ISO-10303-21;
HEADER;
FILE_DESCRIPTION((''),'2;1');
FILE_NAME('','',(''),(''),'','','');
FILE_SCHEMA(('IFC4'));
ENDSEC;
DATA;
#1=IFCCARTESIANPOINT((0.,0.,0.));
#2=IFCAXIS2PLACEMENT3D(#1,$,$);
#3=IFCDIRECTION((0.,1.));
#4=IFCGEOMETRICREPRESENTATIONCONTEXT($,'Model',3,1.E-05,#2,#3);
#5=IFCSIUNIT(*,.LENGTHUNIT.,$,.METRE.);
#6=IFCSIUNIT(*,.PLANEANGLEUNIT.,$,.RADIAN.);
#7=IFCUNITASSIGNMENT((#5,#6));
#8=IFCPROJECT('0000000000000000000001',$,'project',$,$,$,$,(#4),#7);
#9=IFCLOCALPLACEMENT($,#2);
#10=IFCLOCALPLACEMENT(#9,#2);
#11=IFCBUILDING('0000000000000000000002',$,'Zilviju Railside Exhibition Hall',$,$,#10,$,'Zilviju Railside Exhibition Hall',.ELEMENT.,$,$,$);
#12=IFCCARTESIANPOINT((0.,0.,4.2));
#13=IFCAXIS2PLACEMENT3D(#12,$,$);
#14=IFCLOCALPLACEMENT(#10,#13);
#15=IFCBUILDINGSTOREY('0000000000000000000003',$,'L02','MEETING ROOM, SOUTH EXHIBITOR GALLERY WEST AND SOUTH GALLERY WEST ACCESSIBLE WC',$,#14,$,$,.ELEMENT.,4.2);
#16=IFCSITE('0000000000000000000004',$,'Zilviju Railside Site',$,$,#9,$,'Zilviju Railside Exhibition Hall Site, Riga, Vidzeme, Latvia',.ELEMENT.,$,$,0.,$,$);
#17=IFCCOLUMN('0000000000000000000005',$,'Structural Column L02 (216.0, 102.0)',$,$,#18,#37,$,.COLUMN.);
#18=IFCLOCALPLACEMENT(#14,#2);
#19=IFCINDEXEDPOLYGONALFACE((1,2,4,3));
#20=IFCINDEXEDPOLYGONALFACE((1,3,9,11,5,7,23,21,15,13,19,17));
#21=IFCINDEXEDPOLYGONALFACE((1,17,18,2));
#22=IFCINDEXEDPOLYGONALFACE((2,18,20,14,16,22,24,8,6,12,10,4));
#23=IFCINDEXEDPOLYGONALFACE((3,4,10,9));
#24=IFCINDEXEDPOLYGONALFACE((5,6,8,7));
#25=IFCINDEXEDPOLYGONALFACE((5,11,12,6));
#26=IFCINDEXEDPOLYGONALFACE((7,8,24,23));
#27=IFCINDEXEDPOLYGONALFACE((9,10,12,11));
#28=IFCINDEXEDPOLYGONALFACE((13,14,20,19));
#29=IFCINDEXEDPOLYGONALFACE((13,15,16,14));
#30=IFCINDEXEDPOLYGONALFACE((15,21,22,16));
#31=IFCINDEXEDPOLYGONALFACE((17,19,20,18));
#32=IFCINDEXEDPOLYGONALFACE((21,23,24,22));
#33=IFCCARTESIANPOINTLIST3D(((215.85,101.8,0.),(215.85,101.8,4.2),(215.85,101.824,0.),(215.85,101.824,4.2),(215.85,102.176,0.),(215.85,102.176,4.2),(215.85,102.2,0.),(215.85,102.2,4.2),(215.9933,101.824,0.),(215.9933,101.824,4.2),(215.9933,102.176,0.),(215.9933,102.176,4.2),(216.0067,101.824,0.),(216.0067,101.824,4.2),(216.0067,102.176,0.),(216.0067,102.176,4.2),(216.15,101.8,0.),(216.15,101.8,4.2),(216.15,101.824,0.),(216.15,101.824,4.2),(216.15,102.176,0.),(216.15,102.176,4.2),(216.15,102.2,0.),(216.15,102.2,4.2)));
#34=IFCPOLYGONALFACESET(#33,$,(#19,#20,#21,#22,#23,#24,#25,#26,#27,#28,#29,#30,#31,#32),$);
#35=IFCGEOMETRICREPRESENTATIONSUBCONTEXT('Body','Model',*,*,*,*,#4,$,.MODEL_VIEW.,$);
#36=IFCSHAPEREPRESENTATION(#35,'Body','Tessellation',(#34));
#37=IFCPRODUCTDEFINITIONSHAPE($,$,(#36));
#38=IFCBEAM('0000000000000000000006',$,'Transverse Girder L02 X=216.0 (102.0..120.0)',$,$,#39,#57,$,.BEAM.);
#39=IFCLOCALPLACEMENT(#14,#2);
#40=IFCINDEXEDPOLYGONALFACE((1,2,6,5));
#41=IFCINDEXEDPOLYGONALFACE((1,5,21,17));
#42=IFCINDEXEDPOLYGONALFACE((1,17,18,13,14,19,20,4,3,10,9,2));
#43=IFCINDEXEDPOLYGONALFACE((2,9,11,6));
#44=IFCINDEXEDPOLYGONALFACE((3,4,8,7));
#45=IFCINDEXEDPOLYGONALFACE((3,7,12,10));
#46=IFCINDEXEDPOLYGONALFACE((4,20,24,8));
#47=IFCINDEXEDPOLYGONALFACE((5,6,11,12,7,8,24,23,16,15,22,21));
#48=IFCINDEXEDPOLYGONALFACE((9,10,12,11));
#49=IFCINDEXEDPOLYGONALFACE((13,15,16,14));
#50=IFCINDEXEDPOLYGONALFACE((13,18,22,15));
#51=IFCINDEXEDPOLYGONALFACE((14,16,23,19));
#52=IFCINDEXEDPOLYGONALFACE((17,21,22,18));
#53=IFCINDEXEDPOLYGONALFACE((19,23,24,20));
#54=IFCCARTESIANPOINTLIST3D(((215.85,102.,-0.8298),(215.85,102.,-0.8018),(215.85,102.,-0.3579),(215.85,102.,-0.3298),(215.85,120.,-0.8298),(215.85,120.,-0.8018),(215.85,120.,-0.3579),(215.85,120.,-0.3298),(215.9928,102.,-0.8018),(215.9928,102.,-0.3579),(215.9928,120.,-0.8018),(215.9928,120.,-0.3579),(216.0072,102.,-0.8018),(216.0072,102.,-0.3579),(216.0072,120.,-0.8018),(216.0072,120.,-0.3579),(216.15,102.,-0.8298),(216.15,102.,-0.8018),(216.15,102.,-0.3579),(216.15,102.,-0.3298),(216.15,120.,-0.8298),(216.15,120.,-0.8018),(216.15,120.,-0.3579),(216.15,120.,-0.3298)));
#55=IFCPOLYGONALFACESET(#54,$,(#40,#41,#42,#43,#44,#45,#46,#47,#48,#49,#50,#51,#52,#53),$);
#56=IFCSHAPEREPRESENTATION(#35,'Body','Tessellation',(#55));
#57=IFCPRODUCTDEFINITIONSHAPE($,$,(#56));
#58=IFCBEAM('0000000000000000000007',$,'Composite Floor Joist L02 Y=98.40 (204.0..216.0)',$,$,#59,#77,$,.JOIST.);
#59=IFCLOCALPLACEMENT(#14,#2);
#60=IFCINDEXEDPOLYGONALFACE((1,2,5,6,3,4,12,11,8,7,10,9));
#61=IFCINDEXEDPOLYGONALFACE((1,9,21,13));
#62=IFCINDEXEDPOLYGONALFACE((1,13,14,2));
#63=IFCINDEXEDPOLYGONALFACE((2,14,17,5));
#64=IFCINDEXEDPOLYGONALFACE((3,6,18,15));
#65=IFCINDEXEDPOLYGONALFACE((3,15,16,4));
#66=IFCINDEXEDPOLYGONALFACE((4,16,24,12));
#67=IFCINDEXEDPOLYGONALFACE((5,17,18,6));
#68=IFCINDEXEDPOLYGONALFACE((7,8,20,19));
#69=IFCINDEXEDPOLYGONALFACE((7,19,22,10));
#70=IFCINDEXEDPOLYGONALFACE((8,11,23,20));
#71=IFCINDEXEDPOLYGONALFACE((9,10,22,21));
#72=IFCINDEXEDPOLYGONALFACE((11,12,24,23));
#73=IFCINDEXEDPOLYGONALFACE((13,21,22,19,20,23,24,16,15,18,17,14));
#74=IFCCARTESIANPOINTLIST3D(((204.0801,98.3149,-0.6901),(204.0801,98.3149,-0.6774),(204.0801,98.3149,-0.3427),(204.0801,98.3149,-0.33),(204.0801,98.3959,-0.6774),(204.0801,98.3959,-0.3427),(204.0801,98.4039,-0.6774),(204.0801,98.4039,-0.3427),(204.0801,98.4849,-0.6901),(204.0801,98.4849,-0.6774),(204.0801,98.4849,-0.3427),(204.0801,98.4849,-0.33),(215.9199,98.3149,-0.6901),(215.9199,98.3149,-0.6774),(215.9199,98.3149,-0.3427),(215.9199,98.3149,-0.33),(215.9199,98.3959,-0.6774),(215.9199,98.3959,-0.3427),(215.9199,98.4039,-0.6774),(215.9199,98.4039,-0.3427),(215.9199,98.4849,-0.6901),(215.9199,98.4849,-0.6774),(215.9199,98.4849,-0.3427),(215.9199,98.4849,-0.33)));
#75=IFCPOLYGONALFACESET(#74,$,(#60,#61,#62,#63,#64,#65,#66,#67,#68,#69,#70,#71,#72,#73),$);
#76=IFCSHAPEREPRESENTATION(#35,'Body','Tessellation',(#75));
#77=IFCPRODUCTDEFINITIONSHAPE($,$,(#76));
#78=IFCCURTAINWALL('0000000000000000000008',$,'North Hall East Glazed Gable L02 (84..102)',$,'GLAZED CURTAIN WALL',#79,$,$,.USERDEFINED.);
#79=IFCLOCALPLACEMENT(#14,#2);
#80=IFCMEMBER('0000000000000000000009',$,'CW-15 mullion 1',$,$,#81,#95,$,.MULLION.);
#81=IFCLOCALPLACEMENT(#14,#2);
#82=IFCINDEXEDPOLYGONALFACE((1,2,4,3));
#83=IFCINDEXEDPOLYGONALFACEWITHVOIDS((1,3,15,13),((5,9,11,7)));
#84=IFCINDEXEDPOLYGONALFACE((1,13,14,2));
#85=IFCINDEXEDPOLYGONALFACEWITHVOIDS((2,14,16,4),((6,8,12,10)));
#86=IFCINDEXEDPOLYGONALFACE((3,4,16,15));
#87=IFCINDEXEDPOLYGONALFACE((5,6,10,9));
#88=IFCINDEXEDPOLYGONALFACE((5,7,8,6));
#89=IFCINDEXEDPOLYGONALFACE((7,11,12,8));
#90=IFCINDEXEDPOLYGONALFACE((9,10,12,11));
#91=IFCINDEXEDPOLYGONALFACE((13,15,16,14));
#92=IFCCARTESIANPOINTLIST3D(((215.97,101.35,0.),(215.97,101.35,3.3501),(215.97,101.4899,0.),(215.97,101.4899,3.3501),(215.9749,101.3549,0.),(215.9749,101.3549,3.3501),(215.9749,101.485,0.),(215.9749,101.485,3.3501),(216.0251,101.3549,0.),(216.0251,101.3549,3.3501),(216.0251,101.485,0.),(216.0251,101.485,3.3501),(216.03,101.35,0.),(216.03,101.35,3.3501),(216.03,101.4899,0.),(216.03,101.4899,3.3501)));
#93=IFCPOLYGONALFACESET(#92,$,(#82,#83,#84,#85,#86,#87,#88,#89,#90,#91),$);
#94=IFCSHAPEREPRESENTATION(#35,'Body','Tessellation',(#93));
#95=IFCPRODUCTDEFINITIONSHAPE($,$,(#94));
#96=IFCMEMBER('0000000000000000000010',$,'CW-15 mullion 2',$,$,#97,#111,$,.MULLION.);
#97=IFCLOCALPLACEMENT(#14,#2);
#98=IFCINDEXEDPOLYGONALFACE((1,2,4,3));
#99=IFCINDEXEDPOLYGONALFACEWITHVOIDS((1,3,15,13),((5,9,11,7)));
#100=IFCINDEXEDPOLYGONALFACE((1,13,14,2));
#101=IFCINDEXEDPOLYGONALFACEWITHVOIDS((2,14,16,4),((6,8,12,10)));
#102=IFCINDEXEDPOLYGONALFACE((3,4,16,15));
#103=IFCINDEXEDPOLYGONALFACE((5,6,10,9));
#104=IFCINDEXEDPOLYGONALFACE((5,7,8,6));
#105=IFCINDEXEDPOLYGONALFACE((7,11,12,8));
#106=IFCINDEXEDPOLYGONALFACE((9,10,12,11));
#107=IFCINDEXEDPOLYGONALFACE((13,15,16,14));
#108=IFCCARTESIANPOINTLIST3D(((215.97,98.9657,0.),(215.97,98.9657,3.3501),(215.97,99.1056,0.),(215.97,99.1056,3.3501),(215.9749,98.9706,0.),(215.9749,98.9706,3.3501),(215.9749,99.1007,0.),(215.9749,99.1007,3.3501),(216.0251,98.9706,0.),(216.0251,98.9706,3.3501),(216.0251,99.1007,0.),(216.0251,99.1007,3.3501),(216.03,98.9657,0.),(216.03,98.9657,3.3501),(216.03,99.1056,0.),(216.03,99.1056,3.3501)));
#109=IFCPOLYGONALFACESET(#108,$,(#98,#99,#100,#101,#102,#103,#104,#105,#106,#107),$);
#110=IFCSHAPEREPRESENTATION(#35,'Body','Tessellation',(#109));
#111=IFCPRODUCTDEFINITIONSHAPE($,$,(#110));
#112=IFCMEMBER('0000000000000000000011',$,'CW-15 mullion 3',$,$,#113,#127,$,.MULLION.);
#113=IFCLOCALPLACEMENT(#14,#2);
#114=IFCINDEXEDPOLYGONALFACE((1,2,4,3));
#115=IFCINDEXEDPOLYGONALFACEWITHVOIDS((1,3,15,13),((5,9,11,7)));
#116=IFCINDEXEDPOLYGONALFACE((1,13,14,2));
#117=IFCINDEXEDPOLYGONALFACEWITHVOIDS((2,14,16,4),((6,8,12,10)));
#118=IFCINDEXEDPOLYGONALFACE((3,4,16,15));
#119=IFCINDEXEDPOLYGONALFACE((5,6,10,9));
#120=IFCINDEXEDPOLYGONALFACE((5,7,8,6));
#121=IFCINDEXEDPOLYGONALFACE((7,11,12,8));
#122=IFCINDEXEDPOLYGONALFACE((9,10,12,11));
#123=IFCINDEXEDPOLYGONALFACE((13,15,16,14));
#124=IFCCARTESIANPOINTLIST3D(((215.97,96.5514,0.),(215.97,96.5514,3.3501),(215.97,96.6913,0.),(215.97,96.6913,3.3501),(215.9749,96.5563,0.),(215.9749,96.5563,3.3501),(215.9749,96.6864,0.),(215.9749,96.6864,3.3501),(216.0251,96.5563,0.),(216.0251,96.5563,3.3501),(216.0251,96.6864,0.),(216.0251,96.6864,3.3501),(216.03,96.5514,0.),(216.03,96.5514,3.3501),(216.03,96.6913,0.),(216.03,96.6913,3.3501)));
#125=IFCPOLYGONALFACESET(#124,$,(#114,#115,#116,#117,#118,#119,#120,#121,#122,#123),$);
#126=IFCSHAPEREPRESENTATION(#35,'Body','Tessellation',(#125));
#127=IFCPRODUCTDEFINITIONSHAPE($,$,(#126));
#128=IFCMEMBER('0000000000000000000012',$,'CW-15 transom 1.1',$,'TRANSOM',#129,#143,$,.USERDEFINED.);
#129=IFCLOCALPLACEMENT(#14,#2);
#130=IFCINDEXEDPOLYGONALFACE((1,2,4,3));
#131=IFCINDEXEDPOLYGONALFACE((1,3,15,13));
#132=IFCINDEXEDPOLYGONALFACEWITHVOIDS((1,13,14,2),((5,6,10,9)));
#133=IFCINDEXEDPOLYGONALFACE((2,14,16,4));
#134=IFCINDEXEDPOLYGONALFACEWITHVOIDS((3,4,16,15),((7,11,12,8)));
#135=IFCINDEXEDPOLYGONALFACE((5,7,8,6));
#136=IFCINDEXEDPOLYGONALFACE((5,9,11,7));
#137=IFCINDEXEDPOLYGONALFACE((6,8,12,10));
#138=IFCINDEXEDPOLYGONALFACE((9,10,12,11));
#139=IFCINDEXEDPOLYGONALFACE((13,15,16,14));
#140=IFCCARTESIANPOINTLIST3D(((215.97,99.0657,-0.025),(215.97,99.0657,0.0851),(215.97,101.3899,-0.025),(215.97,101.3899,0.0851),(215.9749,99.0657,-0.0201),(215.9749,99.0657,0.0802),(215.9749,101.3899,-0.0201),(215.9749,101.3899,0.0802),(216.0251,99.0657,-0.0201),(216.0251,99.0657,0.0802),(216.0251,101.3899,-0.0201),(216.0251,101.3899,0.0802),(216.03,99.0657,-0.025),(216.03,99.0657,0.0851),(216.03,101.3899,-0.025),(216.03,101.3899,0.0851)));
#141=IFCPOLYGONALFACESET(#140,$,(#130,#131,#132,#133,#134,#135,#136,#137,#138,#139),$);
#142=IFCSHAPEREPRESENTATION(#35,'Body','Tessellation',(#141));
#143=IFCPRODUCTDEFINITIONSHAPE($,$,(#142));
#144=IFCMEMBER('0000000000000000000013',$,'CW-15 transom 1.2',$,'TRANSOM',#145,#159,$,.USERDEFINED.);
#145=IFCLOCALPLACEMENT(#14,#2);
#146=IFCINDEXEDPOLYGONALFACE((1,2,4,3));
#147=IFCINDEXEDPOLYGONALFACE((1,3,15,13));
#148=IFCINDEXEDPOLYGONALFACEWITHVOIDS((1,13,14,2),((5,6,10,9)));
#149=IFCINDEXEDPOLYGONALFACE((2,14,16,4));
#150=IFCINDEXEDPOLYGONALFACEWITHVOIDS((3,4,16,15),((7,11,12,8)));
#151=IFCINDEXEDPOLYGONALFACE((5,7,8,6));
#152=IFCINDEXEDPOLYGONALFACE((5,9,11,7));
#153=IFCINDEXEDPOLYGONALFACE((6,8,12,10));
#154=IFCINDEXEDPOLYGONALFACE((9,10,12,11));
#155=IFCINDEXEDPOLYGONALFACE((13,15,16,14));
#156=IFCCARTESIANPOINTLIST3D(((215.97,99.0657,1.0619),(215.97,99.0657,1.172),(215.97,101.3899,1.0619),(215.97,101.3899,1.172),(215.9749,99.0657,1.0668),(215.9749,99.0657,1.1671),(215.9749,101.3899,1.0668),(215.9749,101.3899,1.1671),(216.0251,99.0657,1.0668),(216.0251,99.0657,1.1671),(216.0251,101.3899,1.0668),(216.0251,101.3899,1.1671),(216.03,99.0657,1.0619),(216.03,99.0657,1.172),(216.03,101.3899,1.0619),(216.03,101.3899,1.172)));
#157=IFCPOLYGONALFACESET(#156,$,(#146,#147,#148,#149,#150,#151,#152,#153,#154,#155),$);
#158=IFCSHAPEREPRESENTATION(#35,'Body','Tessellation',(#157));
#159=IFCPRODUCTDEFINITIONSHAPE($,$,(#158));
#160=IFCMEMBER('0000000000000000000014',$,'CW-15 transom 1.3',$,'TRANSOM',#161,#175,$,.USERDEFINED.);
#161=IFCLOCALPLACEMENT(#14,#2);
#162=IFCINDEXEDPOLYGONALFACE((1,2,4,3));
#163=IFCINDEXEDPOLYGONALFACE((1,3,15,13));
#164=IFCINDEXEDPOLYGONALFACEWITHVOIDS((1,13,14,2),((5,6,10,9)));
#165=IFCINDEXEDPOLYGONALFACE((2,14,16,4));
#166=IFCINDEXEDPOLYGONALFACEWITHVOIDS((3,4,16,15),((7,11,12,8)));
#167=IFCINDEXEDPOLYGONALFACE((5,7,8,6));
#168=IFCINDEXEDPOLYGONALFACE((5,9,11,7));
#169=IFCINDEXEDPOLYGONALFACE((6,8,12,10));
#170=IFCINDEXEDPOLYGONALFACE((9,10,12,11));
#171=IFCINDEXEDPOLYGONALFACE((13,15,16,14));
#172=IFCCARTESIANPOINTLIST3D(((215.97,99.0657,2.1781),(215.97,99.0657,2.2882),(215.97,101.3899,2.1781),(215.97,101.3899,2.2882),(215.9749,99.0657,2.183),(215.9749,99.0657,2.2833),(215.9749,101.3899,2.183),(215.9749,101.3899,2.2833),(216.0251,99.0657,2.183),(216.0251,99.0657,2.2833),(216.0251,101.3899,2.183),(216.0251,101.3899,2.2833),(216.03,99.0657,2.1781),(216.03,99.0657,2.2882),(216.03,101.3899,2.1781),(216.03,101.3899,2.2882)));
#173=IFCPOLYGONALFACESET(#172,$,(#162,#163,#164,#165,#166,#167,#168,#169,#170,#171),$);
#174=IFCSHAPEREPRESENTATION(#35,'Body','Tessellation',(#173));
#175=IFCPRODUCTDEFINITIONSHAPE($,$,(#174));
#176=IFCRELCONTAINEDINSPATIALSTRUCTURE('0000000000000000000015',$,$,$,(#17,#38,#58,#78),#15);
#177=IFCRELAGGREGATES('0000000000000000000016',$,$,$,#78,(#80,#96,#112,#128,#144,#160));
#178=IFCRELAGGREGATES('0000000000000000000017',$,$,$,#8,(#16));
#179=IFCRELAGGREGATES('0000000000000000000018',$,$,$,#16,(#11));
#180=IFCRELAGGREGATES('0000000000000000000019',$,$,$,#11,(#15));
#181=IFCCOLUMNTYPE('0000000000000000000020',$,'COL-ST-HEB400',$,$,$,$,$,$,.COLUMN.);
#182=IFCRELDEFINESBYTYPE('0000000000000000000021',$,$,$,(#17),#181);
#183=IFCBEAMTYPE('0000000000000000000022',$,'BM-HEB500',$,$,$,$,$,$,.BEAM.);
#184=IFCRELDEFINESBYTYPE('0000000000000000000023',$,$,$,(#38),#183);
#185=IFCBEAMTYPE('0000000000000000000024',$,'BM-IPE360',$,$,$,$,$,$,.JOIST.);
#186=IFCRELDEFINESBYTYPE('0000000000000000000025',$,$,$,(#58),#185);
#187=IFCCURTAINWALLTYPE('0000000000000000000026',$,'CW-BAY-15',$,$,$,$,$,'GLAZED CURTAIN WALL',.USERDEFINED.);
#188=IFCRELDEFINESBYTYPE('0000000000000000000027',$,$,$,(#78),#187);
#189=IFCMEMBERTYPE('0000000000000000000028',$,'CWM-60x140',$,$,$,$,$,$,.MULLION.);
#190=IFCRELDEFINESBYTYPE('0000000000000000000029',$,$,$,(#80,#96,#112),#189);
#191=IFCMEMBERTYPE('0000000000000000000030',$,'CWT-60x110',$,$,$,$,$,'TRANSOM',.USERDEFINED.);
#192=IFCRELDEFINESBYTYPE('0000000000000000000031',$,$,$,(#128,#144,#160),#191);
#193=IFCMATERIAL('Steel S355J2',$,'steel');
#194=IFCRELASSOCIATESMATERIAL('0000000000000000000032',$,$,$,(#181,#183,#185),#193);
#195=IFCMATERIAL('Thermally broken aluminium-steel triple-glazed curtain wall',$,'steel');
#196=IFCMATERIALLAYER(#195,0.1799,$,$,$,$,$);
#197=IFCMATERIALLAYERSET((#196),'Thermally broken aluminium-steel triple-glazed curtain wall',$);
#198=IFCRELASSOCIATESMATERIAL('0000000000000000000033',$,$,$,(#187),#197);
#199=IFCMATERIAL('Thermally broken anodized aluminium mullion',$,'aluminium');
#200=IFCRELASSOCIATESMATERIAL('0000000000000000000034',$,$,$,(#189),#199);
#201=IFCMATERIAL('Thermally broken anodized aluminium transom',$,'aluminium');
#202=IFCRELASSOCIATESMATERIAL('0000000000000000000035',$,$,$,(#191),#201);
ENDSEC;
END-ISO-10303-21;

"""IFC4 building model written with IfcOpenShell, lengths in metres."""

from ifc_helpers import new_model, si_unit, direction, frame, origin, origin_2d, place, context, subcontext, project, spatial, hollow_rectangle, i_section, extrude, material, layer, layer_set, material_profile, profile_set, type_object, element, aggregate, save


model = new_model("IFC4")

# Units and contexts
model_context = context("Model", 3, precision=1e-05, world=origin(), true_north=direction((0.0, 1.0)))
body_context = subcontext(model_context, "Body", "Model", "MODEL_VIEW")
ifc_project = project(units=[si_unit("LENGTHUNIT", "METRE"), si_unit("PLANEANGLEUNIT", "RADIAN")], contexts=[model_context])

# Site, building, storey
site_placement = place(None, origin())
site = spatial("IfcSite", under=ifc_project, at=site_placement, Name="Zilviju Railside Site", LongName="Zilviju Railside Exhibition Hall Site, Riga, Vidzeme, Latvia", CompositionType="ELEMENT", RefElevation=0.0)
building_placement = place(site_placement, origin())
building = spatial("IfcBuilding", under=site, at=building_placement, Name="Zilviju Railside Exhibition Hall", LongName="Zilviju Railside Exhibition Hall", CompositionType="ELEMENT")
storey_placement = place(building_placement, frame((0.0, 0.0, 4.2)))
storey = spatial("IfcBuildingStorey", under=building, at=storey_placement, Name="L02", Description="MEETING ROOM, SOUTH EXHIBITOR GALLERY WEST AND SOUTH GALLERY WEST ACCESSIBLE WC", CompositionType="ELEMENT", Elevation=4.2)

# Column
ifc_material_1 = material(Name="Steel S355J2", Category="steel")
ifc_material_profile_1 = material_profile(ifc_material_1, i_section(OverallWidth=0.3, OverallDepth=0.3999, WebThickness=0.0134, FlangeThickness=0.0239, at=origin_2d()), Name="HEB 400")
ifc_profile_set_1 = profile_set([ifc_material_profile_1], Name="Steel S355J2")
column_type = type_object("IfcColumnType", Name="COL-ST-HEB400", PredefinedType="COLUMN", material=ifc_profile_set_1)
column_placement = place(storey_placement, frame((216.0, 102.0, 0.0), z_axis=(0.0, 0.0, 1.0), x_axis=(1.0, 0.0, 0.0)))
element("IfcColumn", 1, at=column_placement, inside=storey, type_object=column_type, Name="Structural Column L02 (216.0, 102.0)", PredefinedType="COLUMN", context=body_context, shape_type="SweptSolid", body=[
    extrude(i_section(OverallWidth=0.3, OverallDepth=0.3999, WebThickness=0.0134, FlangeThickness=0.0239, at=origin_2d()), origin(), (0.0, 0.0, 1.0), 4.2),
])

# Beams
ifc_material_profile_2 = material_profile(ifc_material_1, i_section(OverallWidth=0.3, OverallDepth=0.5, WebThickness=0.0144, FlangeThickness=0.0281, at=origin_2d()), Name="HEB 500")
ifc_profile_set_2 = profile_set([ifc_material_profile_2], Name="Steel S355J2")
beam_type_1 = type_object("IfcBeamType", Name="BM-HEB500", PredefinedType="BEAM", material=ifc_profile_set_2)
beam_1_placement = place(storey_placement, frame((216.0, 102.0, -0.5798), z_axis=(0.0, 1.0, 0.0), x_axis=(-1.0, 0.0, 0.0)))
element("IfcBeam", 2, at=beam_1_placement, inside=storey, type_object=beam_type_1, Name="Transverse Girder L02 X=216.0 (102.0..120.0)", PredefinedType="BEAM", context=body_context, shape_type="SweptSolid", body=[
    extrude(i_section(OverallWidth=0.3, OverallDepth=0.5, WebThickness=0.0144, FlangeThickness=0.0281, at=origin_2d()), origin(), (0.0, 0.0, 1.0), 18.0),
])
ifc_material_profile_3 = material_profile(ifc_material_1, i_section(OverallWidth=0.1699, OverallDepth=0.3601, WebThickness=0.0081, FlangeThickness=0.0127, at=origin_2d()), Name="IPE 360")
ifc_profile_set_3 = profile_set([ifc_material_profile_3], Name="Steel S355J2")
beam_type_2 = type_object("IfcBeamType", Name="BM-IPE360", PredefinedType="JOIST", material=ifc_profile_set_3)
beam_2_placement = place(storey_placement, frame((204.0801, 98.3999, -0.51), z_axis=(1.0, 0.0, 0.0), x_axis=(0.0, 1.0, 0.0)))
element("IfcBeam", 3, at=beam_2_placement, inside=storey, type_object=beam_type_2, Name="Composite Floor Joist L02 Y=98.40 (204.0..216.0)", PredefinedType="JOIST", context=body_context, shape_type="SweptSolid", body=[
    extrude(i_section(OverallWidth=0.1699, OverallDepth=0.3601, WebThickness=0.0081, FlangeThickness=0.0127, at=origin_2d()), origin(), (0.0, 0.0, 1.0), 11.8398),
])

# Curtain wall, members
ifc_material_2 = material(Name="Thermally broken aluminium-steel triple-glazed curtain wall", Category="steel")
ifc_layer_1 = layer(ifc_material_2, 0.1799)
ifc_layer_set_1 = layer_set([ifc_layer_1], Name="Thermally broken aluminium-steel triple-glazed curtain wall")
curtain_wall_type = type_object("IfcCurtainWallType", Name="CW-BAY-15", ElementType="GLAZED CURTAIN WALL", PredefinedType="USERDEFINED", material=ifc_layer_set_1)
curtain_wall_placement = place(storey_placement, origin())
curtain_wall = element("IfcCurtainWall", 4, at=curtain_wall_placement, inside=storey, type_object=curtain_wall_type, Name="North Hall East Glazed Gable L02 (84..102)", ObjectType="GLAZED CURTAIN WALL", PredefinedType="USERDEFINED")
ifc_material_3 = material(Name="Thermally broken anodized aluminium mullion", Category="aluminium")
ifc_material_profile_4 = material_profile(ifc_material_3, hollow_rectangle(XDim=0.0601, YDim=0.1399, WallThickness=0.0049, at=origin_2d()), Name="MULLION 140x60x5")
ifc_profile_set_4 = profile_set([ifc_material_profile_4], Name="Thermally broken anodized aluminium mullion")
member_type_1 = type_object("IfcMemberType", Name="CWM-60x140", PredefinedType="MULLION", material=ifc_profile_set_4)
member_1_placement = place(storey_placement, frame((216.0, 101.4199, 0.0), z_axis=(0.0, 0.0, 1.0), x_axis=(1.0, 0.0, 0.0)))
member_1 = element("IfcMember", 5, at=member_1_placement, type_object=member_type_1, Name="CW-15 mullion 1", PredefinedType="MULLION", context=body_context, shape_type="SweptSolid", body=[
    extrude(hollow_rectangle(XDim=0.0601, YDim=0.1399, WallThickness=0.0049, at=origin_2d()), origin(), (0.0, 0.0, 1.0), 3.3501),
])
member_2_placement = place(storey_placement, frame((216.0, 99.0356, 0.0), z_axis=(0.0, 0.0, 1.0), x_axis=(1.0, 0.0, 0.0)))
member_2 = element("IfcMember", 6, at=member_2_placement, type_object=member_type_1, Name="CW-15 mullion 2", PredefinedType="MULLION", context=body_context, shape_type="SweptSolid", body=[
    extrude(hollow_rectangle(XDim=0.0601, YDim=0.1399, WallThickness=0.0049, at=origin_2d()), origin(), (0.0, 0.0, 1.0), 3.3501),
])
member_3_placement = place(storey_placement, frame((216.0, 96.6213, 0.0), z_axis=(0.0, 0.0, 1.0), x_axis=(1.0, 0.0, 0.0)))
member_3 = element("IfcMember", 7, at=member_3_placement, type_object=member_type_1, Name="CW-15 mullion 3", PredefinedType="MULLION", context=body_context, shape_type="SweptSolid", body=[
    extrude(hollow_rectangle(XDim=0.0601, YDim=0.1399, WallThickness=0.0049, at=origin_2d()), origin(), (0.0, 0.0, 1.0), 3.3501),
])
ifc_material_4 = material(Name="Thermally broken anodized aluminium transom", Category="aluminium")
ifc_material_profile_5 = material_profile(ifc_material_4, hollow_rectangle(XDim=0.0601, YDim=0.1101, WallThickness=0.0049, at=origin_2d()), Name="TRANSOM 110x60x5")
ifc_profile_set_5 = profile_set([ifc_material_profile_5], Name="Thermally broken anodized aluminium transom")
member_type_2 = type_object("IfcMemberType", Name="CWT-60x110", ElementType="TRANSOM", PredefinedType="USERDEFINED", material=ifc_profile_set_5)
member_4_placement = place(storey_placement, frame((216.0, 101.3899, 0.03), z_axis=(0.0, -1.0, 0.0), x_axis=(1.0, 0.0, 0.0)))
member_4 = element("IfcMember", 8, at=member_4_placement, type_object=member_type_2, Name="CW-15 transom 1.1", ObjectType="TRANSOM", PredefinedType="USERDEFINED", context=body_context, shape_type="SweptSolid", body=[
    extrude(hollow_rectangle(XDim=0.0601, YDim=0.1101, WallThickness=0.0049, at=origin_2d()), origin(), (0.0, 0.0, 1.0), 2.3242),
])
member_5_placement = place(storey_placement, frame((216.0, 101.3899, 1.1169), z_axis=(0.0, -1.0, 0.0), x_axis=(1.0, 0.0, 0.0)))
member_5 = element("IfcMember", 9, at=member_5_placement, type_object=member_type_2, Name="CW-15 transom 1.2", ObjectType="TRANSOM", PredefinedType="USERDEFINED", context=body_context, shape_type="SweptSolid", body=[
    extrude(hollow_rectangle(XDim=0.0601, YDim=0.1101, WallThickness=0.0049, at=origin_2d()), origin(), (0.0, 0.0, 1.0), 2.3242),
])
member_6_placement = place(storey_placement, frame((216.0, 101.3899, 2.2332), z_axis=(0.0, -1.0, 0.0), x_axis=(1.0, 0.0, 0.0)))
member_6 = element("IfcMember", 10, at=member_6_placement, type_object=member_type_2, Name="CW-15 transom 1.3", ObjectType="TRANSOM", PredefinedType="USERDEFINED", context=body_context, shape_type="SweptSolid", body=[
    extrude(hollow_rectangle(XDim=0.0601, YDim=0.1101, WallThickness=0.0049, at=origin_2d()), origin(), (0.0, 0.0, 1.0), 2.3242),
])
aggregate(curtain_wall, [member_1, member_2, member_3, member_4, member_5, member_6])

save(model, "model.ifc")
